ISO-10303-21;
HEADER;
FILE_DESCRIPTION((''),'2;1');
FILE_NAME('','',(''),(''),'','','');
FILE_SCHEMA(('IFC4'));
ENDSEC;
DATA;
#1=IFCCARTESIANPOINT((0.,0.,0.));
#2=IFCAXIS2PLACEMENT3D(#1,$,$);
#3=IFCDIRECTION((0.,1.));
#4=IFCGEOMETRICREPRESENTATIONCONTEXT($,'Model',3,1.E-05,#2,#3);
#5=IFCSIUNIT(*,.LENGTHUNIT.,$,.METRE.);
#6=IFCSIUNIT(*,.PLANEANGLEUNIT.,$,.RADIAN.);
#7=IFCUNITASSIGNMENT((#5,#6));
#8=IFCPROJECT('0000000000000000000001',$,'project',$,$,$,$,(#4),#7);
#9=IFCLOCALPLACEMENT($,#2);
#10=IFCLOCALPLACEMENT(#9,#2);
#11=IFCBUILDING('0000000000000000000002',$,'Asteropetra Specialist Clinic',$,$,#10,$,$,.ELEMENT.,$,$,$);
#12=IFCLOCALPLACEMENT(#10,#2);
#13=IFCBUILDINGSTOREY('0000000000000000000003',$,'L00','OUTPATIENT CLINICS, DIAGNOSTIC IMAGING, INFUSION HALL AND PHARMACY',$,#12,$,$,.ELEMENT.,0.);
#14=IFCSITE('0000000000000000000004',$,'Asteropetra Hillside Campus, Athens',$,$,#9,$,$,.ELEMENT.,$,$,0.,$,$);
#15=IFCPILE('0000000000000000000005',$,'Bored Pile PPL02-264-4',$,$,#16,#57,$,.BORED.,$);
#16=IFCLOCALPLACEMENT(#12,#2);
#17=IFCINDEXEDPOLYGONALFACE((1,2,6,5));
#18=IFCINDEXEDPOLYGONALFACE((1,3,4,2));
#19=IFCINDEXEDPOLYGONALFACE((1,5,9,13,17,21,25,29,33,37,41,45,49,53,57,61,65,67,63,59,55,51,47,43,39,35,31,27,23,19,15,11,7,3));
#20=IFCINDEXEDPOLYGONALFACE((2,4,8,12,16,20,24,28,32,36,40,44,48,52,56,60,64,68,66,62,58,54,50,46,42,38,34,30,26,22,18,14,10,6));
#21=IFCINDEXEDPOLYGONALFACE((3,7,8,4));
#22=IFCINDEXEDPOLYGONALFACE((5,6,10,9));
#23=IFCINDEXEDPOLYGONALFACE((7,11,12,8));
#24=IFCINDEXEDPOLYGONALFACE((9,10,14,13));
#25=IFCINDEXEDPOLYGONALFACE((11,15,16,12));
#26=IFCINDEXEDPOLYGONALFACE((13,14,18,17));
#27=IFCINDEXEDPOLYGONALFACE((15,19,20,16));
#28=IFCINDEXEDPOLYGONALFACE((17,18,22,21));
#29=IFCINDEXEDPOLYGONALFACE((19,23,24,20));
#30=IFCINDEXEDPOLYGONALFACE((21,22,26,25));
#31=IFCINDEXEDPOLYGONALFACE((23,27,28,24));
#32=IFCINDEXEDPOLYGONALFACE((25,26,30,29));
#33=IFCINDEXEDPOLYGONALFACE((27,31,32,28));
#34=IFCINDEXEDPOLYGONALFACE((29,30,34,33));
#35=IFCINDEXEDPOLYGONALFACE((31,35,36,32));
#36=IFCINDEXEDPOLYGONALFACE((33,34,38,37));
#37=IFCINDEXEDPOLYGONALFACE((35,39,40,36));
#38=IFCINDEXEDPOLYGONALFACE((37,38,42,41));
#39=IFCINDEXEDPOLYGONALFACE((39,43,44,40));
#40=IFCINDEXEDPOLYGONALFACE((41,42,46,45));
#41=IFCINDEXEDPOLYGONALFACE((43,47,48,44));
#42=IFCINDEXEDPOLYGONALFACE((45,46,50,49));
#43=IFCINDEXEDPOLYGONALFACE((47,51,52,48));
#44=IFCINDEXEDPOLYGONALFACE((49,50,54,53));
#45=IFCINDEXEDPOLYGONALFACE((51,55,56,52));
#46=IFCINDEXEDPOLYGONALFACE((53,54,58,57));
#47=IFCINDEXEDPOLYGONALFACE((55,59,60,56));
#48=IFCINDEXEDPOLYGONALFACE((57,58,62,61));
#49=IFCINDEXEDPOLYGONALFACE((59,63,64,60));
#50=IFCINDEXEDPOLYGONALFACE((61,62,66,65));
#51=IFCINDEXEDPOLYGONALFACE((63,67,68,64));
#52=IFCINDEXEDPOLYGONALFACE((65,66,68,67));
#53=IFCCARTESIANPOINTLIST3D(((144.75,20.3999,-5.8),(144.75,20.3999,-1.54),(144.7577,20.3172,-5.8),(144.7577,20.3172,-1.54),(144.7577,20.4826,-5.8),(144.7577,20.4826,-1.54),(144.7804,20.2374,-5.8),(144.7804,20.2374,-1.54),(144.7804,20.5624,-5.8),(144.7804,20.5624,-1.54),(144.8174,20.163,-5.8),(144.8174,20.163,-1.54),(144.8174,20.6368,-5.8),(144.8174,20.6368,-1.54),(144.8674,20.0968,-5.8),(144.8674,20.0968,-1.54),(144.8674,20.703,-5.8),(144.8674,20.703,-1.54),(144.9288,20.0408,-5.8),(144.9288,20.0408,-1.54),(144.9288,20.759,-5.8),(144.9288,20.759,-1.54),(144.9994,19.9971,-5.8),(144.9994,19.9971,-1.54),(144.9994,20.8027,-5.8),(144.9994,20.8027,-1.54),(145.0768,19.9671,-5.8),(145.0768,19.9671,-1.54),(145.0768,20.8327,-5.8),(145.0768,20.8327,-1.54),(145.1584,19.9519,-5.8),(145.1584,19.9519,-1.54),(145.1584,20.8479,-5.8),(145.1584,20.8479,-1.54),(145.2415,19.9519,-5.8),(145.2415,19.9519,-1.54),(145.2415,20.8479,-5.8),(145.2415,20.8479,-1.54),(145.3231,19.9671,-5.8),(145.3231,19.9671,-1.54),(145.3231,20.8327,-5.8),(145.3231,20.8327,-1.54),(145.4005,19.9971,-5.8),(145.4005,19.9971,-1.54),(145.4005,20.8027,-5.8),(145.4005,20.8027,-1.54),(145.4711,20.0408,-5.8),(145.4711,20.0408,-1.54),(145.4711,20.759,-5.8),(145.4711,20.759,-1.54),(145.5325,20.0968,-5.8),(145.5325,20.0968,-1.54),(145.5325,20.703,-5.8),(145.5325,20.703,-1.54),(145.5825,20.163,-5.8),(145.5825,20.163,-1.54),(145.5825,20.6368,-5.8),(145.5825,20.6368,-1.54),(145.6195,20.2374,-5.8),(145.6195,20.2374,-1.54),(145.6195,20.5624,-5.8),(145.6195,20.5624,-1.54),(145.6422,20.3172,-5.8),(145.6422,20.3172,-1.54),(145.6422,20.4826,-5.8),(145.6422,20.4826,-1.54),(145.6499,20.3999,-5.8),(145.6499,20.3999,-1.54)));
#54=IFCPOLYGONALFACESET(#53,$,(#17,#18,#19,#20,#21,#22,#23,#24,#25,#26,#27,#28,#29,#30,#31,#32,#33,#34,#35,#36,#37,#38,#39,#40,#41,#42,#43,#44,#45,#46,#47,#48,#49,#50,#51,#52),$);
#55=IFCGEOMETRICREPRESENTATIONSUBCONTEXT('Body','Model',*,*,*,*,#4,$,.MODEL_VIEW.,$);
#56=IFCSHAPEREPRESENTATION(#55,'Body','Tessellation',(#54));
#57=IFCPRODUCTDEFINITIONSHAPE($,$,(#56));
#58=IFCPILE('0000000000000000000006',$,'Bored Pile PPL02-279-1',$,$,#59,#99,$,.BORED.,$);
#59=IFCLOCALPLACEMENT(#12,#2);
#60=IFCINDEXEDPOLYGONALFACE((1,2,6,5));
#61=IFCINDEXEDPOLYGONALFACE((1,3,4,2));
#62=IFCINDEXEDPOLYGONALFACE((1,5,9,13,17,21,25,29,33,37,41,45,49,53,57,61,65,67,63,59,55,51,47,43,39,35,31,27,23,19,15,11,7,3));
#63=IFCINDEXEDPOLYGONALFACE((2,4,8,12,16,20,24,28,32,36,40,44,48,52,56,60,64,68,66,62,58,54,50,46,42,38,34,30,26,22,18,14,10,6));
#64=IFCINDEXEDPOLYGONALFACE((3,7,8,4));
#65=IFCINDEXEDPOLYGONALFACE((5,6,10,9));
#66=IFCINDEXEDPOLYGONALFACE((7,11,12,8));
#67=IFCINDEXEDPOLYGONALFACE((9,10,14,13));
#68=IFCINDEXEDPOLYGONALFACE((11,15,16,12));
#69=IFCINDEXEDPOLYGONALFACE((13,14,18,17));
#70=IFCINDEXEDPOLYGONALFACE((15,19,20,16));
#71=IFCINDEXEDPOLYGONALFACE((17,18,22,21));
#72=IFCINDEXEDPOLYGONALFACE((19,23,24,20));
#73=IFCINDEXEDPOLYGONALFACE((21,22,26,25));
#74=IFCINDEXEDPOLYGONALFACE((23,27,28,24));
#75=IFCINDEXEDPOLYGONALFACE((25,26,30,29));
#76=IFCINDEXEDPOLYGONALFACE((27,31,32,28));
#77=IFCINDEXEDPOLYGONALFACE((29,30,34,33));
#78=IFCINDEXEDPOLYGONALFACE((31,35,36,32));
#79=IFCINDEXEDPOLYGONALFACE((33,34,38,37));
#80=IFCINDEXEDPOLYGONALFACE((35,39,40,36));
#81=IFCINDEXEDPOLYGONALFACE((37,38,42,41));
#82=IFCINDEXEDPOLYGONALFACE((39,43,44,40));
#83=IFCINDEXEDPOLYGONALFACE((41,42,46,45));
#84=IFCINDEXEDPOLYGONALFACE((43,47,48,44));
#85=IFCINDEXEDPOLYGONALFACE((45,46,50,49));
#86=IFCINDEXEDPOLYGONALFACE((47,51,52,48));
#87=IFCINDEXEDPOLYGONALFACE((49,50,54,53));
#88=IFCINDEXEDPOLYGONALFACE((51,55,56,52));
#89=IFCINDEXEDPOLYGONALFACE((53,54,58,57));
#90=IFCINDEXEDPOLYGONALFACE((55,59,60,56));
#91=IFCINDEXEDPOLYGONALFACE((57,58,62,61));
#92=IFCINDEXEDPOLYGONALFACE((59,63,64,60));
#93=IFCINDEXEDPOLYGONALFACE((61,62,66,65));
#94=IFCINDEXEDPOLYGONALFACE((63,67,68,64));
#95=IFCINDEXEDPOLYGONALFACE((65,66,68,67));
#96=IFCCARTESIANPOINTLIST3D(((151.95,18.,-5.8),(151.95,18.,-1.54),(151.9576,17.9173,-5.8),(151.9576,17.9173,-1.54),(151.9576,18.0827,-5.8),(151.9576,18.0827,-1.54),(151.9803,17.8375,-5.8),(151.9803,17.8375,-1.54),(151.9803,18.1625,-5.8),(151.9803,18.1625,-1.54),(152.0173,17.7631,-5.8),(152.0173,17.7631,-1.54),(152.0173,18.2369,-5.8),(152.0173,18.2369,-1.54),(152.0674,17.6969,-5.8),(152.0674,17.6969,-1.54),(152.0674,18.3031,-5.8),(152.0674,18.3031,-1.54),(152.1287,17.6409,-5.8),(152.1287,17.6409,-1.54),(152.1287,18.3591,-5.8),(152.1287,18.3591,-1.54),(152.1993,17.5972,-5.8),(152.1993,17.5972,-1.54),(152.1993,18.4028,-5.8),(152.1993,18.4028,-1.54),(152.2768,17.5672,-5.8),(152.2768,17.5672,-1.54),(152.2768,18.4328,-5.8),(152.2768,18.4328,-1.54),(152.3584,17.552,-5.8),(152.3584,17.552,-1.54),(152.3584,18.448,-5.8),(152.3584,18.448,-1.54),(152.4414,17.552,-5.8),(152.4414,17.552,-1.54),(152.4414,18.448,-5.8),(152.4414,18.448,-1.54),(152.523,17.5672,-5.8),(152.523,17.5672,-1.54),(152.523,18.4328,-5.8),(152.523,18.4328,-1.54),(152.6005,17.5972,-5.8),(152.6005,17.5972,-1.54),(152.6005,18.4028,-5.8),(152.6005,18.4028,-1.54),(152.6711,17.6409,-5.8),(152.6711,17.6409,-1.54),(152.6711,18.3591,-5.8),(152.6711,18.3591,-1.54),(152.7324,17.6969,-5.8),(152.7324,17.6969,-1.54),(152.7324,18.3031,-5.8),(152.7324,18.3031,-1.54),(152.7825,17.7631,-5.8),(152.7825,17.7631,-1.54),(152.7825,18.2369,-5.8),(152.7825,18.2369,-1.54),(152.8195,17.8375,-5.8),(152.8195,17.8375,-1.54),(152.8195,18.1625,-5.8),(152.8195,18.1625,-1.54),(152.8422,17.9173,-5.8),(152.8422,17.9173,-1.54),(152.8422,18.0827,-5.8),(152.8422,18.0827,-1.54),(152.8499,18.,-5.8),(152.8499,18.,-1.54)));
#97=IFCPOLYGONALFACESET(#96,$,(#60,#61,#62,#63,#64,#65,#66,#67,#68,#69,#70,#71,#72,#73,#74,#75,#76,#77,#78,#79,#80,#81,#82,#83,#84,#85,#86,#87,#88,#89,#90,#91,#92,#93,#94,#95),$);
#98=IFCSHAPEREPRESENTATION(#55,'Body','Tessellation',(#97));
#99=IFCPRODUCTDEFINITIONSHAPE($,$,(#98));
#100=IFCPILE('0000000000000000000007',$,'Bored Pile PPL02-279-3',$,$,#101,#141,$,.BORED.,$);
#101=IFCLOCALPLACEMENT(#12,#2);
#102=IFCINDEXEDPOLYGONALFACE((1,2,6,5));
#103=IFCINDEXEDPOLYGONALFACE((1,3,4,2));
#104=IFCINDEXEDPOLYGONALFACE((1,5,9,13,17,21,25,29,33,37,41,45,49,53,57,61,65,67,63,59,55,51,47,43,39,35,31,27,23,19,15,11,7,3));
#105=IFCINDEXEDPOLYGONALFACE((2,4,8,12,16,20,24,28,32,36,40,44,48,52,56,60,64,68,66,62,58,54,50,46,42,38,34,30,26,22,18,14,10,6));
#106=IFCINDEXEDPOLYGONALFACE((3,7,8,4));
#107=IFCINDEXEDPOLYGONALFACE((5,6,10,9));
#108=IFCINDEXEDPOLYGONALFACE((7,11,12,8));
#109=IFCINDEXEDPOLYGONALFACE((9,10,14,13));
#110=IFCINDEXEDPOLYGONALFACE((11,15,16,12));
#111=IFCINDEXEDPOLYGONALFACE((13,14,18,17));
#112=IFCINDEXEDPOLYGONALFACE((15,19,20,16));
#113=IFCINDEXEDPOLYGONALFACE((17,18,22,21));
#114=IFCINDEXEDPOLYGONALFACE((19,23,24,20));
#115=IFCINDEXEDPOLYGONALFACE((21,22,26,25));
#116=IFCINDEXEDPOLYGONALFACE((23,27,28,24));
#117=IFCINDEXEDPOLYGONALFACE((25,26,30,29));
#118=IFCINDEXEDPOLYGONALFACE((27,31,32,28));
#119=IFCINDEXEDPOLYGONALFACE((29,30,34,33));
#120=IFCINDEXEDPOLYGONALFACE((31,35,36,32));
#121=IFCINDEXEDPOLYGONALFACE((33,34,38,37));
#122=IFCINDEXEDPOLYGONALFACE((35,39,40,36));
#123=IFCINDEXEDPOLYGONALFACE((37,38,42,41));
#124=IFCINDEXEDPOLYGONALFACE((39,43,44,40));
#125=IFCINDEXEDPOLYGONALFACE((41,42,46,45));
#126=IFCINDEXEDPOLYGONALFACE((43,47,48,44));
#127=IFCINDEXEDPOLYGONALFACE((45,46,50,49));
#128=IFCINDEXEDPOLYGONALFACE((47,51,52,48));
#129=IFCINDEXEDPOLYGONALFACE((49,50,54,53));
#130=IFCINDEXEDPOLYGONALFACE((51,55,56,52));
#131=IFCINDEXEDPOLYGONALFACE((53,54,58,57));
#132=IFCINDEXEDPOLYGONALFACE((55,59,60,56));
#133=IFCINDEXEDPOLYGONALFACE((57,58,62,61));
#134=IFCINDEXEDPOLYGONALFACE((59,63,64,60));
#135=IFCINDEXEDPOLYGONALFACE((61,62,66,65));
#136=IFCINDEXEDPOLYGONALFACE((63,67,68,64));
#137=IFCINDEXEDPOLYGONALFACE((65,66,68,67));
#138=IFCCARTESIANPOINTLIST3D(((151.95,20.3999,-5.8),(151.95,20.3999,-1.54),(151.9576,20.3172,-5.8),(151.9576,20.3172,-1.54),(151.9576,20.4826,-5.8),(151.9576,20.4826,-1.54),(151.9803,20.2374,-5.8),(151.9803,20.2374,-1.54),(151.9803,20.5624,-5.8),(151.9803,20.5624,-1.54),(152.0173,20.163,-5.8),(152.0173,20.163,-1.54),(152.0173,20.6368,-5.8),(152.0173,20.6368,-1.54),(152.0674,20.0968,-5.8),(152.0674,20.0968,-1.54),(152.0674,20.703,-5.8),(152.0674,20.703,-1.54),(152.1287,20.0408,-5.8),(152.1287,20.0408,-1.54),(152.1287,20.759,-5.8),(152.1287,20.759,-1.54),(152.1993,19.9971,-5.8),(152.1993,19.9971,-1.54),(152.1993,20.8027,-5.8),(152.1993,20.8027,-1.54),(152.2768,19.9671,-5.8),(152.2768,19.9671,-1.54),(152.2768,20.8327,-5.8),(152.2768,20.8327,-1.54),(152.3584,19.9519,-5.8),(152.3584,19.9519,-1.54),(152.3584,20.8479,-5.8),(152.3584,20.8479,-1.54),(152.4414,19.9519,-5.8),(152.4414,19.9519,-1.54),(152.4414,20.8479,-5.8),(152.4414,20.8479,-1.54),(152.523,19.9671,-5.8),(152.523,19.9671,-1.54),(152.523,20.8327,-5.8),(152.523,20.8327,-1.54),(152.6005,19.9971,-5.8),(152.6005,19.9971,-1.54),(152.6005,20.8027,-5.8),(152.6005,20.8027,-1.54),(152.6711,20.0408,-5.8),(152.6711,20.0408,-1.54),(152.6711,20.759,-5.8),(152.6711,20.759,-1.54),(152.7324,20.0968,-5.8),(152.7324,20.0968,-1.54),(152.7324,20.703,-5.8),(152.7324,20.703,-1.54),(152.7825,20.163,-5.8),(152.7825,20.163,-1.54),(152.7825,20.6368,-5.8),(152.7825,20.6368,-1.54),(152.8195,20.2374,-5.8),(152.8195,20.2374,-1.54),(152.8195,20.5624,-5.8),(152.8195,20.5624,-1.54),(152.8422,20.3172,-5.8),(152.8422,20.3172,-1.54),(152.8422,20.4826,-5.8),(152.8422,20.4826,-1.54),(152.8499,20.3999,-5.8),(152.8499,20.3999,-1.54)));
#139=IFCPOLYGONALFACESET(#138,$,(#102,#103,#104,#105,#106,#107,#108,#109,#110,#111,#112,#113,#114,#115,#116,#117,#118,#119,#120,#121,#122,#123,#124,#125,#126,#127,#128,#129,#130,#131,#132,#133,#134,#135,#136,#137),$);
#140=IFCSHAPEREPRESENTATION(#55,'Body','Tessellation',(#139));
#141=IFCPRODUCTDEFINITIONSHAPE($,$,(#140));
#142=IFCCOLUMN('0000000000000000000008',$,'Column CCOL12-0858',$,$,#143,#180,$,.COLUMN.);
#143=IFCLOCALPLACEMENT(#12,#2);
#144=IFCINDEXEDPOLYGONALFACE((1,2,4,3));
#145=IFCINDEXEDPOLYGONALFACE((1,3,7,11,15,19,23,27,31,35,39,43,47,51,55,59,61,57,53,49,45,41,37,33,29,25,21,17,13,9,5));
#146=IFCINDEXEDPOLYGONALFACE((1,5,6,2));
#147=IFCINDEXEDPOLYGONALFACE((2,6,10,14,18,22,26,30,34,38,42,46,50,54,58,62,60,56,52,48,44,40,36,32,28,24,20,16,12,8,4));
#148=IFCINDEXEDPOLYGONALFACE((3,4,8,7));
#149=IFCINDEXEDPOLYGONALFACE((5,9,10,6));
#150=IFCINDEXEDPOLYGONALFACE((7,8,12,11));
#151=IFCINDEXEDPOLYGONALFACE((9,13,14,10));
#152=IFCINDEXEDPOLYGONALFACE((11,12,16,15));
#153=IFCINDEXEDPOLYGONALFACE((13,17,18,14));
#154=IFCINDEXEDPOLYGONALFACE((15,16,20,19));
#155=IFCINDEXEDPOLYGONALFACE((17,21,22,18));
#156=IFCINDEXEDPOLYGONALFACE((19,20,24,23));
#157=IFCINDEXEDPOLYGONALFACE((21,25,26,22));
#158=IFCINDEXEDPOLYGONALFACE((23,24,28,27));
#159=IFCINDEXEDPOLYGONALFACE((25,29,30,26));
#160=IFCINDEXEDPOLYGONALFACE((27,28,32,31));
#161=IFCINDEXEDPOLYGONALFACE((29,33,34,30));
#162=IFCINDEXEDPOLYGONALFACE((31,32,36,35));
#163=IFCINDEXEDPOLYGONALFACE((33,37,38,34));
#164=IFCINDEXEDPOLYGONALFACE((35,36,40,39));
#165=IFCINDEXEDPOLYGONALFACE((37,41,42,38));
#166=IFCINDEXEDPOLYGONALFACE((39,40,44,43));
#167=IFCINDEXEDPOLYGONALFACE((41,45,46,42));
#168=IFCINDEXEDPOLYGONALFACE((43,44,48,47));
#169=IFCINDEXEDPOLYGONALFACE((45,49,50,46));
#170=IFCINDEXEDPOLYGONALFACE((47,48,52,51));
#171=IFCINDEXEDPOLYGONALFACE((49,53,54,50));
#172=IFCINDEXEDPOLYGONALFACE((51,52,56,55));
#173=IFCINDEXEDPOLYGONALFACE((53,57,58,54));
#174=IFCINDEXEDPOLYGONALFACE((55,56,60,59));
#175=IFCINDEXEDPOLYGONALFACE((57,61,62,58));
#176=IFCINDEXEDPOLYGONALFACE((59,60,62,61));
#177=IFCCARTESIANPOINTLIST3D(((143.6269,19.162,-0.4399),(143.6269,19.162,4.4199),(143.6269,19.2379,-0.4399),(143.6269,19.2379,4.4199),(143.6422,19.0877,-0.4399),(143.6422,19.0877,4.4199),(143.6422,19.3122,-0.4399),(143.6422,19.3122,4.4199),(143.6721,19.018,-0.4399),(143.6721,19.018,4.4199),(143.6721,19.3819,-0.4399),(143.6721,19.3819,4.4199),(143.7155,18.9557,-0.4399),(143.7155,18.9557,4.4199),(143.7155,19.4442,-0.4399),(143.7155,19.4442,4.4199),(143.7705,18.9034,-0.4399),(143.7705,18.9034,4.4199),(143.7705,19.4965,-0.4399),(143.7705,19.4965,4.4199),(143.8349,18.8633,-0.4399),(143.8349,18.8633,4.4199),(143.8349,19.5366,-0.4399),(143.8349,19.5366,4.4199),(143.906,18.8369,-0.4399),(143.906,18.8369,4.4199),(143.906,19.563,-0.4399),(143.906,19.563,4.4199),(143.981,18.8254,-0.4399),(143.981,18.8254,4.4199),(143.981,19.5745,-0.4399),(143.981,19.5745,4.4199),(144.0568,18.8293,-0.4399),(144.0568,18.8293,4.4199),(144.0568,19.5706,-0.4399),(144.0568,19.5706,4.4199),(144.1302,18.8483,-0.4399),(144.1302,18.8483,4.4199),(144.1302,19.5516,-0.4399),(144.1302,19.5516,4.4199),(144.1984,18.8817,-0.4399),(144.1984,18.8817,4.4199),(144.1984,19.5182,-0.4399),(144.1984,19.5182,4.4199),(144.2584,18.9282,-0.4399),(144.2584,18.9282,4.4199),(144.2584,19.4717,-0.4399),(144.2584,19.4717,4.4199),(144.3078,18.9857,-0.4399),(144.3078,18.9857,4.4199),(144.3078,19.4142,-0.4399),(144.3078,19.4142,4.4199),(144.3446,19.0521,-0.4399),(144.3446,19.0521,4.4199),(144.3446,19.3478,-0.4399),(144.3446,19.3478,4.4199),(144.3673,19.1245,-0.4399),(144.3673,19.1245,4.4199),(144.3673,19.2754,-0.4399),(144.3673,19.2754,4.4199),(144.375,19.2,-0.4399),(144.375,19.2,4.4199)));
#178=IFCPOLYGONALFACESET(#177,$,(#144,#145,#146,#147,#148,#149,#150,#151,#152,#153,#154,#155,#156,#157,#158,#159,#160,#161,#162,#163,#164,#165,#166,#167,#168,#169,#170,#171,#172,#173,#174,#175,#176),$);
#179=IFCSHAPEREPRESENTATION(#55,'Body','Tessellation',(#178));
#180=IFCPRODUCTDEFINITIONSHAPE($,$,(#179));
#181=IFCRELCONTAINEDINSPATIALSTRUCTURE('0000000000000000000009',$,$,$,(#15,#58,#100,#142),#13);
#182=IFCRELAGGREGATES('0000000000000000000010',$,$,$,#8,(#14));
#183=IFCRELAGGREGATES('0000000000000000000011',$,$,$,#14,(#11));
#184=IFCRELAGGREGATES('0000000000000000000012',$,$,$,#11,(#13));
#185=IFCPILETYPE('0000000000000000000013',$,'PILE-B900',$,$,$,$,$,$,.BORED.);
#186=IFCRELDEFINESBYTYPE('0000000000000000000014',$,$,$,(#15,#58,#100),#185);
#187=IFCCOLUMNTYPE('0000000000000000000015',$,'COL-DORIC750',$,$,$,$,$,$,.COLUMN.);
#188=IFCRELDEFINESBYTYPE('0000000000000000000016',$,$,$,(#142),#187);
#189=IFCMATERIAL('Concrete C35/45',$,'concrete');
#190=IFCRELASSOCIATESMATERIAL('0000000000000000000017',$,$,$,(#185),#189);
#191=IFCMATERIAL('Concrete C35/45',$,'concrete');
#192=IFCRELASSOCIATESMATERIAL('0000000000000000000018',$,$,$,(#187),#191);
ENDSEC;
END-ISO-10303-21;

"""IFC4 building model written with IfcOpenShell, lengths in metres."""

from ifc_helpers import new_model, si_unit, direction, frame, origin, origin_2d, place, context, subcontext, project, spatial, circle, extrude, material, material_profile, profile_set, type_object, element, save


model = new_model("IFC4")

# Units and contexts
model_context = context("Model", 3, precision=1e-05, world=origin(), true_north=direction((0.0, 1.0)))
body_context = subcontext(model_context, "Body", "Model", "MODEL_VIEW")
ifc_project = project(units=[si_unit("LENGTHUNIT", "METRE"), si_unit("PLANEANGLEUNIT", "RADIAN")], contexts=[model_context])

# Site, building, storey
site_placement = place(None, origin())
site = spatial("IfcSite", under=ifc_project, at=site_placement, Name="Asteropetra Hillside Campus, Athens", CompositionType="ELEMENT", RefElevation=0.0)
building_placement = place(site_placement, origin())
building = spatial("IfcBuilding", under=site, at=building_placement, Name="Asteropetra Specialist Clinic", CompositionType="ELEMENT")
storey_placement = place(building_placement, origin())
storey = spatial("IfcBuildingStorey", under=building, at=storey_placement, Name="L00", Description="OUTPATIENT CLINICS, DIAGNOSTIC IMAGING, INFUSION HALL AND PHARMACY", CompositionType="ELEMENT", Elevation=0.0)

# Piles
ifc_material_1 = material(Name="Concrete C35/45", Category="concrete")
ifc_material_profile_1 = material_profile(ifc_material_1, circle(Radius=0.45, at=origin_2d()), Name="PILE D900")
ifc_profile_set_1 = profile_set([ifc_material_profile_1], Name="Concrete C35/45")
pile_type = type_object("IfcPileType", Name="PILE-B900", PredefinedType="BORED", material=ifc_profile_set_1)
for number, where, z_axis, x_axis, name in (
    (1, (145.2, 20.3999, -1.54), (0.0, 0.0, -1.0), (1.0, 0.0, 0.0), "Bored Pile PPL02-264-4"),
    (2, (152.3999, 18.0, -1.54), (0.0, 0.0, -1.0), (1.0, 0.0, 0.0), "Bored Pile PPL02-279-1"),
    (3, (152.3999, 20.3999, -1.54), (0.0, 0.0, -1.0), (1.0, 0.0, 0.0), "Bored Pile PPL02-279-3"),
):
    element("IfcPile", number, at=place(storey_placement, frame(where, z_axis=z_axis, x_axis=x_axis)), inside=storey, type_object=pile_type, Name=name, PredefinedType="BORED", context=body_context, shape_type="SweptSolid", body=[
        extrude(circle(Radius=0.45, at=origin_2d()), origin(), (0.0, 0.0, 1.0), 4.26),
    ])

# Column
ifc_material_2 = material(Name="Concrete C35/45", Category="concrete")
ifc_material_profile_2 = material_profile(ifc_material_2, circle(Radius=0.375, at=origin_2d()), Name="RCC D750")
ifc_profile_set_2 = profile_set([ifc_material_profile_2], Name="Concrete C35/45")
column_type = type_object("IfcColumnType", Name="COL-DORIC750", PredefinedType="COLUMN", material=ifc_profile_set_2)
column_placement = place(storey_placement, frame((144.0, 19.2, -0.4399), z_axis=(0.0, 0.0, 1.0), x_axis=(1.0, 0.0, 0.0)))
element("IfcColumn", 4, at=column_placement, inside=storey, type_object=column_type, Name="Column CCOL12-0858", PredefinedType="COLUMN", context=body_context, shape_type="SweptSolid", body=[
    extrude(circle(Radius=0.375, at=origin_2d()), origin(), (0.0, 0.0, 1.0), 4.8599),
])

save(model, "model.ifc")
